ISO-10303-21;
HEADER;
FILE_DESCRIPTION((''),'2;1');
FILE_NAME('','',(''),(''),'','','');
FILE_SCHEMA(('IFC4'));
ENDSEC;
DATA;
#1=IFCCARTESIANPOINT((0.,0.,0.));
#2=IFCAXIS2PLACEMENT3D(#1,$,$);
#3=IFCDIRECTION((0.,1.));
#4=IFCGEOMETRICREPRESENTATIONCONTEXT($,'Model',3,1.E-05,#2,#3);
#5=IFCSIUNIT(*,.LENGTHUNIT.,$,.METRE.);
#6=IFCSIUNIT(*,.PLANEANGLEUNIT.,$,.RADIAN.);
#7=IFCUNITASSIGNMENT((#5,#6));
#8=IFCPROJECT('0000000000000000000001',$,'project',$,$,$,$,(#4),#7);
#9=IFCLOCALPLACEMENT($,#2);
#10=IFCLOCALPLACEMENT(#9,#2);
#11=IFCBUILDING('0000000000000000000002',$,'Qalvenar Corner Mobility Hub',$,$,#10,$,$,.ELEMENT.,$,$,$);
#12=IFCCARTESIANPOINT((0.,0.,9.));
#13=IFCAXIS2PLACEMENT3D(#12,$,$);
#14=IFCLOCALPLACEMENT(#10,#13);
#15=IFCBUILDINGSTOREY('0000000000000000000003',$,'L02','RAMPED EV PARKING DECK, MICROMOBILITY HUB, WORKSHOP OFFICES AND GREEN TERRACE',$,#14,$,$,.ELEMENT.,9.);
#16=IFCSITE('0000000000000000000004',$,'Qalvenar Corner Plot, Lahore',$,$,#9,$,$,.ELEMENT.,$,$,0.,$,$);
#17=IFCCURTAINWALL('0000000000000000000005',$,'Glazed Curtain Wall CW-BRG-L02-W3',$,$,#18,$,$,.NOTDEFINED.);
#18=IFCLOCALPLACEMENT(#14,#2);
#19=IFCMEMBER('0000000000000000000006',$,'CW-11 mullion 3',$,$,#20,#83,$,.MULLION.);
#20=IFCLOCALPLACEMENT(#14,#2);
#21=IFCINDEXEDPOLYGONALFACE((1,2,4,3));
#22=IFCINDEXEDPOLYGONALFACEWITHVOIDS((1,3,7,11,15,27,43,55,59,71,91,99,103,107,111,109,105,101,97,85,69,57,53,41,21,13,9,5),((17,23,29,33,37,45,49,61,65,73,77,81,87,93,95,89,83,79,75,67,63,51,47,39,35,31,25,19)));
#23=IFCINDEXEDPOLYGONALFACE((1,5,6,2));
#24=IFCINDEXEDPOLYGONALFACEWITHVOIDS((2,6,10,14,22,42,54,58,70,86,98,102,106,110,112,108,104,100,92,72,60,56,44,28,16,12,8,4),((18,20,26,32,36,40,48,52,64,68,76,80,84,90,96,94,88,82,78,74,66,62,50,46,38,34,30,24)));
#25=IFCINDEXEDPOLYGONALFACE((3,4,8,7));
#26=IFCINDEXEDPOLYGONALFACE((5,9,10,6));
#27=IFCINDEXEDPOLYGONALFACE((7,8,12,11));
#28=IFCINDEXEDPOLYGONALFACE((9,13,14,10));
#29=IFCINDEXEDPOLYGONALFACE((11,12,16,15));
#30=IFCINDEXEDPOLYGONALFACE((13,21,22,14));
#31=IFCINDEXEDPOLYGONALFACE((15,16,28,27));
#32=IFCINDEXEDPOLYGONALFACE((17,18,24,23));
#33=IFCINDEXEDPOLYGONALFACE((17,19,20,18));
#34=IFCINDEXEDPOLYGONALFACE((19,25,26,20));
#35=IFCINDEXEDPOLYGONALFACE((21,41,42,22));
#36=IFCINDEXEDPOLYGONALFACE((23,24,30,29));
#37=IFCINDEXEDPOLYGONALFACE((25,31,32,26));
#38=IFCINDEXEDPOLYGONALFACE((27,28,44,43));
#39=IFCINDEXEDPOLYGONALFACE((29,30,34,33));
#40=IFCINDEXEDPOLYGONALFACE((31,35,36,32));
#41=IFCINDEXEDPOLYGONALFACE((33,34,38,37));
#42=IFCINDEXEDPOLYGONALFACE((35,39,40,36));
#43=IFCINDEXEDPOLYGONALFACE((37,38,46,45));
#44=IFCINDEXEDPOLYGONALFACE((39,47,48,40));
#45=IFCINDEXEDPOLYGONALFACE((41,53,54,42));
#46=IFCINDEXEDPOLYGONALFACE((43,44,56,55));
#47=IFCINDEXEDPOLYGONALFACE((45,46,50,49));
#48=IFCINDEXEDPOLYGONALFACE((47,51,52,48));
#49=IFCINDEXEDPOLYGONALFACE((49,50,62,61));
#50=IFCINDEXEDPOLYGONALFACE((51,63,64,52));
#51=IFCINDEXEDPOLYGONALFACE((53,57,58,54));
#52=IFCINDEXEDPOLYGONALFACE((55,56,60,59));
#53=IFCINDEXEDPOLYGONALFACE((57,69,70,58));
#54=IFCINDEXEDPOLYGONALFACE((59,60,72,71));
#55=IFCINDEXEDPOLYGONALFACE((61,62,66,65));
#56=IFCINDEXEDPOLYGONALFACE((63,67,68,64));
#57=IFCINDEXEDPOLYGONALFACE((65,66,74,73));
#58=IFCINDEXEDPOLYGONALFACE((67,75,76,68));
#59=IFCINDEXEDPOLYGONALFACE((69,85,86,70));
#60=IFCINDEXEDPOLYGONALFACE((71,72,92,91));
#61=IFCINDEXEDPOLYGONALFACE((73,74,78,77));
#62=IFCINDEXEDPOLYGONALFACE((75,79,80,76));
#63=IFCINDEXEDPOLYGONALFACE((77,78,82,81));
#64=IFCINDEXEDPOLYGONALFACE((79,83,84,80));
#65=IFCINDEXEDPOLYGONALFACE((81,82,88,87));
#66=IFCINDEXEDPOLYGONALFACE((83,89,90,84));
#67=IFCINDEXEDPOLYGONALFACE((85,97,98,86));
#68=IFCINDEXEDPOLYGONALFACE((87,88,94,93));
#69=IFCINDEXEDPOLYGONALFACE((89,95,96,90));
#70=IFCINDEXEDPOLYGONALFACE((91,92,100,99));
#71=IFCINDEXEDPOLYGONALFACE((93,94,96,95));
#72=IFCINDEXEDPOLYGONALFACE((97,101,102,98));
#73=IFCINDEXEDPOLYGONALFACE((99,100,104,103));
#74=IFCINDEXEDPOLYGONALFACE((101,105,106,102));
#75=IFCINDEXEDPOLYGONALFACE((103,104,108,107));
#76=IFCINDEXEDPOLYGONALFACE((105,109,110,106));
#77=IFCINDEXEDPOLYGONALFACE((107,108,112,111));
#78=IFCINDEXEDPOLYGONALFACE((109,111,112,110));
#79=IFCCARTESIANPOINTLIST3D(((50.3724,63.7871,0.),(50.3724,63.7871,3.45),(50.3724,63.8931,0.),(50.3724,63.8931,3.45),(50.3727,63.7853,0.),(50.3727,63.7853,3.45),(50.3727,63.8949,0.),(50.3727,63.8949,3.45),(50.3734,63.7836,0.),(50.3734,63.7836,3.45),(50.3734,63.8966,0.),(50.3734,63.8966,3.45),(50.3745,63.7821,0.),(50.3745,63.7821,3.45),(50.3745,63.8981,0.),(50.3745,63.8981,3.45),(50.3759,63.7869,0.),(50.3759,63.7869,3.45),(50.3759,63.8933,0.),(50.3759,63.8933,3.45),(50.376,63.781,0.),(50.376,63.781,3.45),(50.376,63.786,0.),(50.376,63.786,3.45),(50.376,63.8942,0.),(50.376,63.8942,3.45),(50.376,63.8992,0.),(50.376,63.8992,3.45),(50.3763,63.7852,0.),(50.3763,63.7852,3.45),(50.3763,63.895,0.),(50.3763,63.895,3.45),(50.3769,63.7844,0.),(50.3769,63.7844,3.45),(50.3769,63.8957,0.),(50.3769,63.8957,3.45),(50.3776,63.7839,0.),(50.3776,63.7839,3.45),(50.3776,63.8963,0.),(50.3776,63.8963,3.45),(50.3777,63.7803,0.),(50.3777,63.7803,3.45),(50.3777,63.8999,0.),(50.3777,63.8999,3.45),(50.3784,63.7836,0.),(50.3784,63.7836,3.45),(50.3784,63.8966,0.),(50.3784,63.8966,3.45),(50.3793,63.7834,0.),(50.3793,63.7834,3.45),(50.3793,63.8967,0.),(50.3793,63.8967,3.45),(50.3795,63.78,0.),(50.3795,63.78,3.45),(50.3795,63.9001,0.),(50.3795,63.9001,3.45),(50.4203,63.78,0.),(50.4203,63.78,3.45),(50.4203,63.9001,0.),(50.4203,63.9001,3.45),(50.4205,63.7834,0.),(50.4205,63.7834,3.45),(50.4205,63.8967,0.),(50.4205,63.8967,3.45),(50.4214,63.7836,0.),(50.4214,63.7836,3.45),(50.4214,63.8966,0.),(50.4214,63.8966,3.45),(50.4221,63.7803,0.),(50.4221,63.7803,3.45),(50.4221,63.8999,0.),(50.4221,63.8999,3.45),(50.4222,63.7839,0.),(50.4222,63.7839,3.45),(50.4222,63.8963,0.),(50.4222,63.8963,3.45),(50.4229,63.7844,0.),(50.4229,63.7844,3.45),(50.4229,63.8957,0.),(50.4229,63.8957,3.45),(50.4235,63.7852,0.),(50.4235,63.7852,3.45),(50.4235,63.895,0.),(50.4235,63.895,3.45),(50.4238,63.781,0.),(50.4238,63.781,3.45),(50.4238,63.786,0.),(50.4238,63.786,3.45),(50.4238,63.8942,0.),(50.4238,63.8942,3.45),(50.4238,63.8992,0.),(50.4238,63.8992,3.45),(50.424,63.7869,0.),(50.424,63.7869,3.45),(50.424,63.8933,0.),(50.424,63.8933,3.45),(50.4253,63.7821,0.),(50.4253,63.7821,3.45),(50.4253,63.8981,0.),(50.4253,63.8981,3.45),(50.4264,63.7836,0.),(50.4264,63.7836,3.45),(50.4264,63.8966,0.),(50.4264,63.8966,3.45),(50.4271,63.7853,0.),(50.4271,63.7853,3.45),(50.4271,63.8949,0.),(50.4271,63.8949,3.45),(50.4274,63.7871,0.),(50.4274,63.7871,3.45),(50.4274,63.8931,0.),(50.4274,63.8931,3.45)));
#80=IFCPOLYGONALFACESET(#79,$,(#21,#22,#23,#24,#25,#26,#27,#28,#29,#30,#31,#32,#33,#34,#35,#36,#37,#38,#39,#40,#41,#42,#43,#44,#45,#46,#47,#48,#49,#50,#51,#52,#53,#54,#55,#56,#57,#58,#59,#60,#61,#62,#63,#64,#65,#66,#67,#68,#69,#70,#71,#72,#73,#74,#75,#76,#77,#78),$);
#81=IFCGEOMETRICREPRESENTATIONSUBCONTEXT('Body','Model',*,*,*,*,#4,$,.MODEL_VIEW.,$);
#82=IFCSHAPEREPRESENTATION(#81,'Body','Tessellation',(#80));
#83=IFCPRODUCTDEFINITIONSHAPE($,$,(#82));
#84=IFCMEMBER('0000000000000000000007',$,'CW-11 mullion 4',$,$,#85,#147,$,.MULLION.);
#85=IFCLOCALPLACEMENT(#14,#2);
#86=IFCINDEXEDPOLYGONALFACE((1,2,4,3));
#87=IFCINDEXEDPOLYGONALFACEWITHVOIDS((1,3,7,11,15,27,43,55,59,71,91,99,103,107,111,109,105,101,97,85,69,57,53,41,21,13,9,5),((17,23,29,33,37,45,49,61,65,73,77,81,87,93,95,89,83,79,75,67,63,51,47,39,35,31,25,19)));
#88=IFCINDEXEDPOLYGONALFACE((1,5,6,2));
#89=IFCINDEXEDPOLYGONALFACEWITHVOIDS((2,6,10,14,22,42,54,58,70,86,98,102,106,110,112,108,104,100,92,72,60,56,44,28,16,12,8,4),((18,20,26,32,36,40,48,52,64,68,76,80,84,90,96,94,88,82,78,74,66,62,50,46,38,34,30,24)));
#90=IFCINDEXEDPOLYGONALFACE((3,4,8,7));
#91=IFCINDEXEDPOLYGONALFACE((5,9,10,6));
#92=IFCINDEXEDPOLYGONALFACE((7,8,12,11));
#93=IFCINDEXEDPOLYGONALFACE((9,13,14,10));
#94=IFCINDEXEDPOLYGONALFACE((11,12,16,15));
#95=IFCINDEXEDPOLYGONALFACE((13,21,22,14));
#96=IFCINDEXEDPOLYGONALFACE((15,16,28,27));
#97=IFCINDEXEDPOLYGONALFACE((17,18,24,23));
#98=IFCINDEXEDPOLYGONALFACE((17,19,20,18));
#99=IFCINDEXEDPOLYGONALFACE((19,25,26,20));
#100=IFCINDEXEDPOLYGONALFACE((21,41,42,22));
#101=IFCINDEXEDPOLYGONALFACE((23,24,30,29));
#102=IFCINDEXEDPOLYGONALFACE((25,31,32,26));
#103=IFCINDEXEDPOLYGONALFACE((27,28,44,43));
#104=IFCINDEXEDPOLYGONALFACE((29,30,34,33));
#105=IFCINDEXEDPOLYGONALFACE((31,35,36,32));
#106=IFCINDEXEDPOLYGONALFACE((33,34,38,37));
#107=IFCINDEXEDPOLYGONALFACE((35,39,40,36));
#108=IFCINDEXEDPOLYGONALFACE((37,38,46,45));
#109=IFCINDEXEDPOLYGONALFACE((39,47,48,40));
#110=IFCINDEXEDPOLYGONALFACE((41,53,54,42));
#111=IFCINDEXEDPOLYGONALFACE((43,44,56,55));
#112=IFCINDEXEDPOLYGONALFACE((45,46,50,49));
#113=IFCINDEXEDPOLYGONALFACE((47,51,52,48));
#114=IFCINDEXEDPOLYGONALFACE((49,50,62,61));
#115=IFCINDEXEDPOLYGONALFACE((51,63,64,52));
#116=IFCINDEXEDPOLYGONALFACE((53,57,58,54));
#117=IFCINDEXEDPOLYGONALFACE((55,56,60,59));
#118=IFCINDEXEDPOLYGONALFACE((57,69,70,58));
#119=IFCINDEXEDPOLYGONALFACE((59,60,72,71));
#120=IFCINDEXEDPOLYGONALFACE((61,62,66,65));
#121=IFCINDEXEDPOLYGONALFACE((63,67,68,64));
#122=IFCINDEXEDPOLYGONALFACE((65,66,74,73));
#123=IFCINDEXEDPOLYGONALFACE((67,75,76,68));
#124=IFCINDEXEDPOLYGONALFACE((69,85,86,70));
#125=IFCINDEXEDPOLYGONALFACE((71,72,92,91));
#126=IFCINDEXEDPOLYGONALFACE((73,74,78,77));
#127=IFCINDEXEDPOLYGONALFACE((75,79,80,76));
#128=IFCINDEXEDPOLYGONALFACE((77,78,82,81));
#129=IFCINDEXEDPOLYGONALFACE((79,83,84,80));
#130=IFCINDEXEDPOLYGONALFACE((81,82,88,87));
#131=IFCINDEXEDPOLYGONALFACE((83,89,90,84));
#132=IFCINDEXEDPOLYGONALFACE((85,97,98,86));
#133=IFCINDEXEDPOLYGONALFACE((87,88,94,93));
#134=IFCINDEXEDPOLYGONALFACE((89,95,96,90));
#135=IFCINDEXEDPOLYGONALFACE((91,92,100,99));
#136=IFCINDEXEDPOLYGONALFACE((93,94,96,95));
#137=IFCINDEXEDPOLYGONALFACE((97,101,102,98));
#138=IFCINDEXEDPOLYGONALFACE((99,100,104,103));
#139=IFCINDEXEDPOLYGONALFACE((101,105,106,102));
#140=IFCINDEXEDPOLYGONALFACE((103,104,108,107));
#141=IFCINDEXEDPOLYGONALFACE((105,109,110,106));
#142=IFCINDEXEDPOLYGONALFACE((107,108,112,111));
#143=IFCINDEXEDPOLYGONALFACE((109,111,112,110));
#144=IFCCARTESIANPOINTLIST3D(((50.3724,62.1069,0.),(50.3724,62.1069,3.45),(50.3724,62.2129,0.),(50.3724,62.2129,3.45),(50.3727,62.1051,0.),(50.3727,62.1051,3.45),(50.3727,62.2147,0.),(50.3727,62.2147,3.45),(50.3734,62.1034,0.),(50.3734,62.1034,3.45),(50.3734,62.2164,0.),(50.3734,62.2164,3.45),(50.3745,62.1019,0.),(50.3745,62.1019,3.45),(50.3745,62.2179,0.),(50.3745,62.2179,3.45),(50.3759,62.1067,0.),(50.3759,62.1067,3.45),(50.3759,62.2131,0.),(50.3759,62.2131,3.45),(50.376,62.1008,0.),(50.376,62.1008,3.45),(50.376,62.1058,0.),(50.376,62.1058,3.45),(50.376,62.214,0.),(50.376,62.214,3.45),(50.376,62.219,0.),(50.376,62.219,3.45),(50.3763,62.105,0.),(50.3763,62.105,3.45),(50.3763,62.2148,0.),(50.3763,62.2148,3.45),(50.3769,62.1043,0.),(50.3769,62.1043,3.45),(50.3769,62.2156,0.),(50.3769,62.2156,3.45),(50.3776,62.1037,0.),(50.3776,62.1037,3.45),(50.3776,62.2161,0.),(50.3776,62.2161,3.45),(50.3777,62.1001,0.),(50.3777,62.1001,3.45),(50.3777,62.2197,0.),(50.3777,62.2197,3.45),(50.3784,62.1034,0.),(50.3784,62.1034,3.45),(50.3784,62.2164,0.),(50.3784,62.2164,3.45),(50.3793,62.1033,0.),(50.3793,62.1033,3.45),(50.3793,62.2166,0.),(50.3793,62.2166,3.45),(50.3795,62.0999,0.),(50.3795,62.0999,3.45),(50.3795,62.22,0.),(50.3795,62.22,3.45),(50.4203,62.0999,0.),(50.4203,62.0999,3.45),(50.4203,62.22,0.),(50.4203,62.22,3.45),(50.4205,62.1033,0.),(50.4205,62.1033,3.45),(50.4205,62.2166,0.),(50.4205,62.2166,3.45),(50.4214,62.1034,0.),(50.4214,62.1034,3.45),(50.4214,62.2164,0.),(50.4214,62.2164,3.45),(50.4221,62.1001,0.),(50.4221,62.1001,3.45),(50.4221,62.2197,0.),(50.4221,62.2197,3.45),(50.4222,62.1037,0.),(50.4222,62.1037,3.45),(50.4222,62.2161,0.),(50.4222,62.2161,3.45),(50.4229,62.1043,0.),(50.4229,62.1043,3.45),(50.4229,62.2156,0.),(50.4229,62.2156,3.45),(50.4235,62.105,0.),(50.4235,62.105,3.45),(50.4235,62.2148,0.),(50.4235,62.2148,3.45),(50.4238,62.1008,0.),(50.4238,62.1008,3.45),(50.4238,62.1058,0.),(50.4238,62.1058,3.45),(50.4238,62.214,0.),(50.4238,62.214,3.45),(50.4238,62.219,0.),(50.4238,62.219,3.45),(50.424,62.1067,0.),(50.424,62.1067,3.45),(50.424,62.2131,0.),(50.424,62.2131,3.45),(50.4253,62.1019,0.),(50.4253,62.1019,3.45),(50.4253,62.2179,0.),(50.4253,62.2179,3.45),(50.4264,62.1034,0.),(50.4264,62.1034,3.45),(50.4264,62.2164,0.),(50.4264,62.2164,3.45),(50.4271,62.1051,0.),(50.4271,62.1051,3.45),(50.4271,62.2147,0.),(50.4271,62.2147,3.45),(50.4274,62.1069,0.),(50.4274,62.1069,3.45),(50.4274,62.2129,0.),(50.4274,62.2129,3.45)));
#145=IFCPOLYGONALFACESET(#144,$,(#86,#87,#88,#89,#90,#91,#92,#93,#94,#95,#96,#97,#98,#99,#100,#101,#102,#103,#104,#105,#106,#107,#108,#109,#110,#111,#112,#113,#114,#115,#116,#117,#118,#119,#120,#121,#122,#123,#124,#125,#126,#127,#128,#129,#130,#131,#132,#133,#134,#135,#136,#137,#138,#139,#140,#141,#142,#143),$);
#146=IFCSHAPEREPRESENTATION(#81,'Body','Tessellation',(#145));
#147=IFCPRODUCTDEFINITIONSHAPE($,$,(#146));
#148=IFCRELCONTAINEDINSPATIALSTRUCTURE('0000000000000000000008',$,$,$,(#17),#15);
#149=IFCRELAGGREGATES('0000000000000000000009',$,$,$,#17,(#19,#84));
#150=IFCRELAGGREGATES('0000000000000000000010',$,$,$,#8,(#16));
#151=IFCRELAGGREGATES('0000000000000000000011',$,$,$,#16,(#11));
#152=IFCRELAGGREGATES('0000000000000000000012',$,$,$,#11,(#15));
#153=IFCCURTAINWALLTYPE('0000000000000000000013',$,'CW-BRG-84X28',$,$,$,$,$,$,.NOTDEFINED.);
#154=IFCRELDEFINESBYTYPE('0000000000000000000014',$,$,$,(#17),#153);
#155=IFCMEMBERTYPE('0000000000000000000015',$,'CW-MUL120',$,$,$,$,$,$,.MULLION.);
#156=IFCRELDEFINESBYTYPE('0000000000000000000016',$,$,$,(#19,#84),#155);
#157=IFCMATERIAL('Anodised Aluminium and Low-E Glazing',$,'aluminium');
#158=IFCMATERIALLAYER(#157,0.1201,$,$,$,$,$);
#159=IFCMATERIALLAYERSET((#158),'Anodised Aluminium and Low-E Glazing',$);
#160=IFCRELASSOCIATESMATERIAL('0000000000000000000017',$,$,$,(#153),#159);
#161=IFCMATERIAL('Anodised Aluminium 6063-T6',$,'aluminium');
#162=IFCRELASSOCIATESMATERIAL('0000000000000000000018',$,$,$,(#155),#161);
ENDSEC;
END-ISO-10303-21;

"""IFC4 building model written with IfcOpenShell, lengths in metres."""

from ifc_helpers import new_model, si_unit, direction, frame, origin, origin_2d, place, context, subcontext, project, spatial, hollow_rectangle, extrude, material, layer, layer_set, material_profile, profile_set, type_object, element, aggregate, save


model = new_model("IFC4")

# Units and contexts
model_context = context("Model", 3, precision=1e-05, world=origin(), true_north=direction((0.0, 1.0)))
body_context = subcontext(model_context, "Body", "Model", "MODEL_VIEW")
ifc_project = project(units=[si_unit("LENGTHUNIT", "METRE"), si_unit("PLANEANGLEUNIT", "RADIAN")], contexts=[model_context])

# Site, building, storey
site_placement = place(None, origin())
site = spatial("IfcSite", under=ifc_project, at=site_placement, Name="Qalvenar Corner Plot, Lahore", CompositionType="ELEMENT", RefElevation=0.0)
building_placement = place(site_placement, origin())
building = spatial("IfcBuilding", under=site, at=building_placement, Name="Qalvenar Corner Mobility Hub", CompositionType="ELEMENT")
storey_placement = place(building_placement, frame((0.0, 0.0, 9.0)))
storey = spatial("IfcBuildingStorey", under=building, at=storey_placement, Name="L02", Description="RAMPED EV PARKING DECK, MICROMOBILITY HUB, WORKSHOP OFFICES AND GREEN TERRACE", CompositionType="ELEMENT", Elevation=9.0)

# Curtain wall, members
ifc_material_1 = material(Name="Anodised Aluminium and Low-E Glazing", Category="aluminium")
ifc_layer_1 = layer(ifc_material_1, 0.1201)
ifc_layer_set_1 = layer_set([ifc_layer_1], Name="Anodised Aluminium and Low-E Glazing")
curtain_wall_type = type_object("IfcCurtainWallType", Name="CW-BRG-84X28", PredefinedType="NOTDEFINED", material=ifc_layer_set_1)
curtain_wall_placement = place(storey_placement, origin())
curtain_wall = element("IfcCurtainWall", 1, at=curtain_wall_placement, inside=storey, type_object=curtain_wall_type, Name="Glazed Curtain Wall CW-BRG-L02-W3", PredefinedType="NOTDEFINED")
ifc_material_2 = material(Name="Anodised Aluminium 6063-T6", Category="aluminium")
ifc_material_profile_1 = material_profile(ifc_material_2, hollow_rectangle(XDim=0.0549, YDim=0.1201, WallThickness=0.0034, InnerFilletRadius=0.0034, OuterFilletRadius=0.0071, at=origin_2d()), Name="RHS120x55x3.5")
ifc_profile_set_1 = profile_set([ifc_material_profile_1], Name="Anodised Aluminium 6063-T6")
member_type_1 = type_object("IfcMemberType", Name="CW-MUL120", PredefinedType="MULLION", material=ifc_profile_set_1)
member_1_placement = place(storey_placement, frame((50.3999, 63.8401, 0.0), z_axis=(0.0, 0.0, 1.0), x_axis=(1.0, 0.0, 0.0)))
member_1 = element("IfcMember", 2, at=member_1_placement, type_object=member_type_1, Name="CW-11 mullion 3", PredefinedType="MULLION", context=body_context, shape_type="SweptSolid", body=[
    extrude(hollow_rectangle(XDim=0.0549, YDim=0.1201, WallThickness=0.0034, InnerFilletRadius=0.0034, OuterFilletRadius=0.0071, at=origin_2d()), origin(), (0.0, 0.0, 1.0), 3.45),
])
member_2_placement = place(storey_placement, frame((50.3999, 62.1599, 0.0), z_axis=(0.0, 0.0, 1.0), x_axis=(1.0, 0.0, 0.0)))
member_2 = element("IfcMember", 3, at=member_2_placement, type_object=member_type_1, Name="CW-11 mullion 4", PredefinedType="MULLION", context=body_context, shape_type="SweptSolid", body=[
    extrude(hollow_rectangle(XDim=0.0549, YDim=0.1201, WallThickness=0.0034, InnerFilletRadius=0.0034, OuterFilletRadius=0.0071, at=origin_2d()), origin(), (0.0, 0.0, 1.0), 3.45),
])
aggregate(curtain_wall, [member_1, member_2])

save(model, "model.ifc")
